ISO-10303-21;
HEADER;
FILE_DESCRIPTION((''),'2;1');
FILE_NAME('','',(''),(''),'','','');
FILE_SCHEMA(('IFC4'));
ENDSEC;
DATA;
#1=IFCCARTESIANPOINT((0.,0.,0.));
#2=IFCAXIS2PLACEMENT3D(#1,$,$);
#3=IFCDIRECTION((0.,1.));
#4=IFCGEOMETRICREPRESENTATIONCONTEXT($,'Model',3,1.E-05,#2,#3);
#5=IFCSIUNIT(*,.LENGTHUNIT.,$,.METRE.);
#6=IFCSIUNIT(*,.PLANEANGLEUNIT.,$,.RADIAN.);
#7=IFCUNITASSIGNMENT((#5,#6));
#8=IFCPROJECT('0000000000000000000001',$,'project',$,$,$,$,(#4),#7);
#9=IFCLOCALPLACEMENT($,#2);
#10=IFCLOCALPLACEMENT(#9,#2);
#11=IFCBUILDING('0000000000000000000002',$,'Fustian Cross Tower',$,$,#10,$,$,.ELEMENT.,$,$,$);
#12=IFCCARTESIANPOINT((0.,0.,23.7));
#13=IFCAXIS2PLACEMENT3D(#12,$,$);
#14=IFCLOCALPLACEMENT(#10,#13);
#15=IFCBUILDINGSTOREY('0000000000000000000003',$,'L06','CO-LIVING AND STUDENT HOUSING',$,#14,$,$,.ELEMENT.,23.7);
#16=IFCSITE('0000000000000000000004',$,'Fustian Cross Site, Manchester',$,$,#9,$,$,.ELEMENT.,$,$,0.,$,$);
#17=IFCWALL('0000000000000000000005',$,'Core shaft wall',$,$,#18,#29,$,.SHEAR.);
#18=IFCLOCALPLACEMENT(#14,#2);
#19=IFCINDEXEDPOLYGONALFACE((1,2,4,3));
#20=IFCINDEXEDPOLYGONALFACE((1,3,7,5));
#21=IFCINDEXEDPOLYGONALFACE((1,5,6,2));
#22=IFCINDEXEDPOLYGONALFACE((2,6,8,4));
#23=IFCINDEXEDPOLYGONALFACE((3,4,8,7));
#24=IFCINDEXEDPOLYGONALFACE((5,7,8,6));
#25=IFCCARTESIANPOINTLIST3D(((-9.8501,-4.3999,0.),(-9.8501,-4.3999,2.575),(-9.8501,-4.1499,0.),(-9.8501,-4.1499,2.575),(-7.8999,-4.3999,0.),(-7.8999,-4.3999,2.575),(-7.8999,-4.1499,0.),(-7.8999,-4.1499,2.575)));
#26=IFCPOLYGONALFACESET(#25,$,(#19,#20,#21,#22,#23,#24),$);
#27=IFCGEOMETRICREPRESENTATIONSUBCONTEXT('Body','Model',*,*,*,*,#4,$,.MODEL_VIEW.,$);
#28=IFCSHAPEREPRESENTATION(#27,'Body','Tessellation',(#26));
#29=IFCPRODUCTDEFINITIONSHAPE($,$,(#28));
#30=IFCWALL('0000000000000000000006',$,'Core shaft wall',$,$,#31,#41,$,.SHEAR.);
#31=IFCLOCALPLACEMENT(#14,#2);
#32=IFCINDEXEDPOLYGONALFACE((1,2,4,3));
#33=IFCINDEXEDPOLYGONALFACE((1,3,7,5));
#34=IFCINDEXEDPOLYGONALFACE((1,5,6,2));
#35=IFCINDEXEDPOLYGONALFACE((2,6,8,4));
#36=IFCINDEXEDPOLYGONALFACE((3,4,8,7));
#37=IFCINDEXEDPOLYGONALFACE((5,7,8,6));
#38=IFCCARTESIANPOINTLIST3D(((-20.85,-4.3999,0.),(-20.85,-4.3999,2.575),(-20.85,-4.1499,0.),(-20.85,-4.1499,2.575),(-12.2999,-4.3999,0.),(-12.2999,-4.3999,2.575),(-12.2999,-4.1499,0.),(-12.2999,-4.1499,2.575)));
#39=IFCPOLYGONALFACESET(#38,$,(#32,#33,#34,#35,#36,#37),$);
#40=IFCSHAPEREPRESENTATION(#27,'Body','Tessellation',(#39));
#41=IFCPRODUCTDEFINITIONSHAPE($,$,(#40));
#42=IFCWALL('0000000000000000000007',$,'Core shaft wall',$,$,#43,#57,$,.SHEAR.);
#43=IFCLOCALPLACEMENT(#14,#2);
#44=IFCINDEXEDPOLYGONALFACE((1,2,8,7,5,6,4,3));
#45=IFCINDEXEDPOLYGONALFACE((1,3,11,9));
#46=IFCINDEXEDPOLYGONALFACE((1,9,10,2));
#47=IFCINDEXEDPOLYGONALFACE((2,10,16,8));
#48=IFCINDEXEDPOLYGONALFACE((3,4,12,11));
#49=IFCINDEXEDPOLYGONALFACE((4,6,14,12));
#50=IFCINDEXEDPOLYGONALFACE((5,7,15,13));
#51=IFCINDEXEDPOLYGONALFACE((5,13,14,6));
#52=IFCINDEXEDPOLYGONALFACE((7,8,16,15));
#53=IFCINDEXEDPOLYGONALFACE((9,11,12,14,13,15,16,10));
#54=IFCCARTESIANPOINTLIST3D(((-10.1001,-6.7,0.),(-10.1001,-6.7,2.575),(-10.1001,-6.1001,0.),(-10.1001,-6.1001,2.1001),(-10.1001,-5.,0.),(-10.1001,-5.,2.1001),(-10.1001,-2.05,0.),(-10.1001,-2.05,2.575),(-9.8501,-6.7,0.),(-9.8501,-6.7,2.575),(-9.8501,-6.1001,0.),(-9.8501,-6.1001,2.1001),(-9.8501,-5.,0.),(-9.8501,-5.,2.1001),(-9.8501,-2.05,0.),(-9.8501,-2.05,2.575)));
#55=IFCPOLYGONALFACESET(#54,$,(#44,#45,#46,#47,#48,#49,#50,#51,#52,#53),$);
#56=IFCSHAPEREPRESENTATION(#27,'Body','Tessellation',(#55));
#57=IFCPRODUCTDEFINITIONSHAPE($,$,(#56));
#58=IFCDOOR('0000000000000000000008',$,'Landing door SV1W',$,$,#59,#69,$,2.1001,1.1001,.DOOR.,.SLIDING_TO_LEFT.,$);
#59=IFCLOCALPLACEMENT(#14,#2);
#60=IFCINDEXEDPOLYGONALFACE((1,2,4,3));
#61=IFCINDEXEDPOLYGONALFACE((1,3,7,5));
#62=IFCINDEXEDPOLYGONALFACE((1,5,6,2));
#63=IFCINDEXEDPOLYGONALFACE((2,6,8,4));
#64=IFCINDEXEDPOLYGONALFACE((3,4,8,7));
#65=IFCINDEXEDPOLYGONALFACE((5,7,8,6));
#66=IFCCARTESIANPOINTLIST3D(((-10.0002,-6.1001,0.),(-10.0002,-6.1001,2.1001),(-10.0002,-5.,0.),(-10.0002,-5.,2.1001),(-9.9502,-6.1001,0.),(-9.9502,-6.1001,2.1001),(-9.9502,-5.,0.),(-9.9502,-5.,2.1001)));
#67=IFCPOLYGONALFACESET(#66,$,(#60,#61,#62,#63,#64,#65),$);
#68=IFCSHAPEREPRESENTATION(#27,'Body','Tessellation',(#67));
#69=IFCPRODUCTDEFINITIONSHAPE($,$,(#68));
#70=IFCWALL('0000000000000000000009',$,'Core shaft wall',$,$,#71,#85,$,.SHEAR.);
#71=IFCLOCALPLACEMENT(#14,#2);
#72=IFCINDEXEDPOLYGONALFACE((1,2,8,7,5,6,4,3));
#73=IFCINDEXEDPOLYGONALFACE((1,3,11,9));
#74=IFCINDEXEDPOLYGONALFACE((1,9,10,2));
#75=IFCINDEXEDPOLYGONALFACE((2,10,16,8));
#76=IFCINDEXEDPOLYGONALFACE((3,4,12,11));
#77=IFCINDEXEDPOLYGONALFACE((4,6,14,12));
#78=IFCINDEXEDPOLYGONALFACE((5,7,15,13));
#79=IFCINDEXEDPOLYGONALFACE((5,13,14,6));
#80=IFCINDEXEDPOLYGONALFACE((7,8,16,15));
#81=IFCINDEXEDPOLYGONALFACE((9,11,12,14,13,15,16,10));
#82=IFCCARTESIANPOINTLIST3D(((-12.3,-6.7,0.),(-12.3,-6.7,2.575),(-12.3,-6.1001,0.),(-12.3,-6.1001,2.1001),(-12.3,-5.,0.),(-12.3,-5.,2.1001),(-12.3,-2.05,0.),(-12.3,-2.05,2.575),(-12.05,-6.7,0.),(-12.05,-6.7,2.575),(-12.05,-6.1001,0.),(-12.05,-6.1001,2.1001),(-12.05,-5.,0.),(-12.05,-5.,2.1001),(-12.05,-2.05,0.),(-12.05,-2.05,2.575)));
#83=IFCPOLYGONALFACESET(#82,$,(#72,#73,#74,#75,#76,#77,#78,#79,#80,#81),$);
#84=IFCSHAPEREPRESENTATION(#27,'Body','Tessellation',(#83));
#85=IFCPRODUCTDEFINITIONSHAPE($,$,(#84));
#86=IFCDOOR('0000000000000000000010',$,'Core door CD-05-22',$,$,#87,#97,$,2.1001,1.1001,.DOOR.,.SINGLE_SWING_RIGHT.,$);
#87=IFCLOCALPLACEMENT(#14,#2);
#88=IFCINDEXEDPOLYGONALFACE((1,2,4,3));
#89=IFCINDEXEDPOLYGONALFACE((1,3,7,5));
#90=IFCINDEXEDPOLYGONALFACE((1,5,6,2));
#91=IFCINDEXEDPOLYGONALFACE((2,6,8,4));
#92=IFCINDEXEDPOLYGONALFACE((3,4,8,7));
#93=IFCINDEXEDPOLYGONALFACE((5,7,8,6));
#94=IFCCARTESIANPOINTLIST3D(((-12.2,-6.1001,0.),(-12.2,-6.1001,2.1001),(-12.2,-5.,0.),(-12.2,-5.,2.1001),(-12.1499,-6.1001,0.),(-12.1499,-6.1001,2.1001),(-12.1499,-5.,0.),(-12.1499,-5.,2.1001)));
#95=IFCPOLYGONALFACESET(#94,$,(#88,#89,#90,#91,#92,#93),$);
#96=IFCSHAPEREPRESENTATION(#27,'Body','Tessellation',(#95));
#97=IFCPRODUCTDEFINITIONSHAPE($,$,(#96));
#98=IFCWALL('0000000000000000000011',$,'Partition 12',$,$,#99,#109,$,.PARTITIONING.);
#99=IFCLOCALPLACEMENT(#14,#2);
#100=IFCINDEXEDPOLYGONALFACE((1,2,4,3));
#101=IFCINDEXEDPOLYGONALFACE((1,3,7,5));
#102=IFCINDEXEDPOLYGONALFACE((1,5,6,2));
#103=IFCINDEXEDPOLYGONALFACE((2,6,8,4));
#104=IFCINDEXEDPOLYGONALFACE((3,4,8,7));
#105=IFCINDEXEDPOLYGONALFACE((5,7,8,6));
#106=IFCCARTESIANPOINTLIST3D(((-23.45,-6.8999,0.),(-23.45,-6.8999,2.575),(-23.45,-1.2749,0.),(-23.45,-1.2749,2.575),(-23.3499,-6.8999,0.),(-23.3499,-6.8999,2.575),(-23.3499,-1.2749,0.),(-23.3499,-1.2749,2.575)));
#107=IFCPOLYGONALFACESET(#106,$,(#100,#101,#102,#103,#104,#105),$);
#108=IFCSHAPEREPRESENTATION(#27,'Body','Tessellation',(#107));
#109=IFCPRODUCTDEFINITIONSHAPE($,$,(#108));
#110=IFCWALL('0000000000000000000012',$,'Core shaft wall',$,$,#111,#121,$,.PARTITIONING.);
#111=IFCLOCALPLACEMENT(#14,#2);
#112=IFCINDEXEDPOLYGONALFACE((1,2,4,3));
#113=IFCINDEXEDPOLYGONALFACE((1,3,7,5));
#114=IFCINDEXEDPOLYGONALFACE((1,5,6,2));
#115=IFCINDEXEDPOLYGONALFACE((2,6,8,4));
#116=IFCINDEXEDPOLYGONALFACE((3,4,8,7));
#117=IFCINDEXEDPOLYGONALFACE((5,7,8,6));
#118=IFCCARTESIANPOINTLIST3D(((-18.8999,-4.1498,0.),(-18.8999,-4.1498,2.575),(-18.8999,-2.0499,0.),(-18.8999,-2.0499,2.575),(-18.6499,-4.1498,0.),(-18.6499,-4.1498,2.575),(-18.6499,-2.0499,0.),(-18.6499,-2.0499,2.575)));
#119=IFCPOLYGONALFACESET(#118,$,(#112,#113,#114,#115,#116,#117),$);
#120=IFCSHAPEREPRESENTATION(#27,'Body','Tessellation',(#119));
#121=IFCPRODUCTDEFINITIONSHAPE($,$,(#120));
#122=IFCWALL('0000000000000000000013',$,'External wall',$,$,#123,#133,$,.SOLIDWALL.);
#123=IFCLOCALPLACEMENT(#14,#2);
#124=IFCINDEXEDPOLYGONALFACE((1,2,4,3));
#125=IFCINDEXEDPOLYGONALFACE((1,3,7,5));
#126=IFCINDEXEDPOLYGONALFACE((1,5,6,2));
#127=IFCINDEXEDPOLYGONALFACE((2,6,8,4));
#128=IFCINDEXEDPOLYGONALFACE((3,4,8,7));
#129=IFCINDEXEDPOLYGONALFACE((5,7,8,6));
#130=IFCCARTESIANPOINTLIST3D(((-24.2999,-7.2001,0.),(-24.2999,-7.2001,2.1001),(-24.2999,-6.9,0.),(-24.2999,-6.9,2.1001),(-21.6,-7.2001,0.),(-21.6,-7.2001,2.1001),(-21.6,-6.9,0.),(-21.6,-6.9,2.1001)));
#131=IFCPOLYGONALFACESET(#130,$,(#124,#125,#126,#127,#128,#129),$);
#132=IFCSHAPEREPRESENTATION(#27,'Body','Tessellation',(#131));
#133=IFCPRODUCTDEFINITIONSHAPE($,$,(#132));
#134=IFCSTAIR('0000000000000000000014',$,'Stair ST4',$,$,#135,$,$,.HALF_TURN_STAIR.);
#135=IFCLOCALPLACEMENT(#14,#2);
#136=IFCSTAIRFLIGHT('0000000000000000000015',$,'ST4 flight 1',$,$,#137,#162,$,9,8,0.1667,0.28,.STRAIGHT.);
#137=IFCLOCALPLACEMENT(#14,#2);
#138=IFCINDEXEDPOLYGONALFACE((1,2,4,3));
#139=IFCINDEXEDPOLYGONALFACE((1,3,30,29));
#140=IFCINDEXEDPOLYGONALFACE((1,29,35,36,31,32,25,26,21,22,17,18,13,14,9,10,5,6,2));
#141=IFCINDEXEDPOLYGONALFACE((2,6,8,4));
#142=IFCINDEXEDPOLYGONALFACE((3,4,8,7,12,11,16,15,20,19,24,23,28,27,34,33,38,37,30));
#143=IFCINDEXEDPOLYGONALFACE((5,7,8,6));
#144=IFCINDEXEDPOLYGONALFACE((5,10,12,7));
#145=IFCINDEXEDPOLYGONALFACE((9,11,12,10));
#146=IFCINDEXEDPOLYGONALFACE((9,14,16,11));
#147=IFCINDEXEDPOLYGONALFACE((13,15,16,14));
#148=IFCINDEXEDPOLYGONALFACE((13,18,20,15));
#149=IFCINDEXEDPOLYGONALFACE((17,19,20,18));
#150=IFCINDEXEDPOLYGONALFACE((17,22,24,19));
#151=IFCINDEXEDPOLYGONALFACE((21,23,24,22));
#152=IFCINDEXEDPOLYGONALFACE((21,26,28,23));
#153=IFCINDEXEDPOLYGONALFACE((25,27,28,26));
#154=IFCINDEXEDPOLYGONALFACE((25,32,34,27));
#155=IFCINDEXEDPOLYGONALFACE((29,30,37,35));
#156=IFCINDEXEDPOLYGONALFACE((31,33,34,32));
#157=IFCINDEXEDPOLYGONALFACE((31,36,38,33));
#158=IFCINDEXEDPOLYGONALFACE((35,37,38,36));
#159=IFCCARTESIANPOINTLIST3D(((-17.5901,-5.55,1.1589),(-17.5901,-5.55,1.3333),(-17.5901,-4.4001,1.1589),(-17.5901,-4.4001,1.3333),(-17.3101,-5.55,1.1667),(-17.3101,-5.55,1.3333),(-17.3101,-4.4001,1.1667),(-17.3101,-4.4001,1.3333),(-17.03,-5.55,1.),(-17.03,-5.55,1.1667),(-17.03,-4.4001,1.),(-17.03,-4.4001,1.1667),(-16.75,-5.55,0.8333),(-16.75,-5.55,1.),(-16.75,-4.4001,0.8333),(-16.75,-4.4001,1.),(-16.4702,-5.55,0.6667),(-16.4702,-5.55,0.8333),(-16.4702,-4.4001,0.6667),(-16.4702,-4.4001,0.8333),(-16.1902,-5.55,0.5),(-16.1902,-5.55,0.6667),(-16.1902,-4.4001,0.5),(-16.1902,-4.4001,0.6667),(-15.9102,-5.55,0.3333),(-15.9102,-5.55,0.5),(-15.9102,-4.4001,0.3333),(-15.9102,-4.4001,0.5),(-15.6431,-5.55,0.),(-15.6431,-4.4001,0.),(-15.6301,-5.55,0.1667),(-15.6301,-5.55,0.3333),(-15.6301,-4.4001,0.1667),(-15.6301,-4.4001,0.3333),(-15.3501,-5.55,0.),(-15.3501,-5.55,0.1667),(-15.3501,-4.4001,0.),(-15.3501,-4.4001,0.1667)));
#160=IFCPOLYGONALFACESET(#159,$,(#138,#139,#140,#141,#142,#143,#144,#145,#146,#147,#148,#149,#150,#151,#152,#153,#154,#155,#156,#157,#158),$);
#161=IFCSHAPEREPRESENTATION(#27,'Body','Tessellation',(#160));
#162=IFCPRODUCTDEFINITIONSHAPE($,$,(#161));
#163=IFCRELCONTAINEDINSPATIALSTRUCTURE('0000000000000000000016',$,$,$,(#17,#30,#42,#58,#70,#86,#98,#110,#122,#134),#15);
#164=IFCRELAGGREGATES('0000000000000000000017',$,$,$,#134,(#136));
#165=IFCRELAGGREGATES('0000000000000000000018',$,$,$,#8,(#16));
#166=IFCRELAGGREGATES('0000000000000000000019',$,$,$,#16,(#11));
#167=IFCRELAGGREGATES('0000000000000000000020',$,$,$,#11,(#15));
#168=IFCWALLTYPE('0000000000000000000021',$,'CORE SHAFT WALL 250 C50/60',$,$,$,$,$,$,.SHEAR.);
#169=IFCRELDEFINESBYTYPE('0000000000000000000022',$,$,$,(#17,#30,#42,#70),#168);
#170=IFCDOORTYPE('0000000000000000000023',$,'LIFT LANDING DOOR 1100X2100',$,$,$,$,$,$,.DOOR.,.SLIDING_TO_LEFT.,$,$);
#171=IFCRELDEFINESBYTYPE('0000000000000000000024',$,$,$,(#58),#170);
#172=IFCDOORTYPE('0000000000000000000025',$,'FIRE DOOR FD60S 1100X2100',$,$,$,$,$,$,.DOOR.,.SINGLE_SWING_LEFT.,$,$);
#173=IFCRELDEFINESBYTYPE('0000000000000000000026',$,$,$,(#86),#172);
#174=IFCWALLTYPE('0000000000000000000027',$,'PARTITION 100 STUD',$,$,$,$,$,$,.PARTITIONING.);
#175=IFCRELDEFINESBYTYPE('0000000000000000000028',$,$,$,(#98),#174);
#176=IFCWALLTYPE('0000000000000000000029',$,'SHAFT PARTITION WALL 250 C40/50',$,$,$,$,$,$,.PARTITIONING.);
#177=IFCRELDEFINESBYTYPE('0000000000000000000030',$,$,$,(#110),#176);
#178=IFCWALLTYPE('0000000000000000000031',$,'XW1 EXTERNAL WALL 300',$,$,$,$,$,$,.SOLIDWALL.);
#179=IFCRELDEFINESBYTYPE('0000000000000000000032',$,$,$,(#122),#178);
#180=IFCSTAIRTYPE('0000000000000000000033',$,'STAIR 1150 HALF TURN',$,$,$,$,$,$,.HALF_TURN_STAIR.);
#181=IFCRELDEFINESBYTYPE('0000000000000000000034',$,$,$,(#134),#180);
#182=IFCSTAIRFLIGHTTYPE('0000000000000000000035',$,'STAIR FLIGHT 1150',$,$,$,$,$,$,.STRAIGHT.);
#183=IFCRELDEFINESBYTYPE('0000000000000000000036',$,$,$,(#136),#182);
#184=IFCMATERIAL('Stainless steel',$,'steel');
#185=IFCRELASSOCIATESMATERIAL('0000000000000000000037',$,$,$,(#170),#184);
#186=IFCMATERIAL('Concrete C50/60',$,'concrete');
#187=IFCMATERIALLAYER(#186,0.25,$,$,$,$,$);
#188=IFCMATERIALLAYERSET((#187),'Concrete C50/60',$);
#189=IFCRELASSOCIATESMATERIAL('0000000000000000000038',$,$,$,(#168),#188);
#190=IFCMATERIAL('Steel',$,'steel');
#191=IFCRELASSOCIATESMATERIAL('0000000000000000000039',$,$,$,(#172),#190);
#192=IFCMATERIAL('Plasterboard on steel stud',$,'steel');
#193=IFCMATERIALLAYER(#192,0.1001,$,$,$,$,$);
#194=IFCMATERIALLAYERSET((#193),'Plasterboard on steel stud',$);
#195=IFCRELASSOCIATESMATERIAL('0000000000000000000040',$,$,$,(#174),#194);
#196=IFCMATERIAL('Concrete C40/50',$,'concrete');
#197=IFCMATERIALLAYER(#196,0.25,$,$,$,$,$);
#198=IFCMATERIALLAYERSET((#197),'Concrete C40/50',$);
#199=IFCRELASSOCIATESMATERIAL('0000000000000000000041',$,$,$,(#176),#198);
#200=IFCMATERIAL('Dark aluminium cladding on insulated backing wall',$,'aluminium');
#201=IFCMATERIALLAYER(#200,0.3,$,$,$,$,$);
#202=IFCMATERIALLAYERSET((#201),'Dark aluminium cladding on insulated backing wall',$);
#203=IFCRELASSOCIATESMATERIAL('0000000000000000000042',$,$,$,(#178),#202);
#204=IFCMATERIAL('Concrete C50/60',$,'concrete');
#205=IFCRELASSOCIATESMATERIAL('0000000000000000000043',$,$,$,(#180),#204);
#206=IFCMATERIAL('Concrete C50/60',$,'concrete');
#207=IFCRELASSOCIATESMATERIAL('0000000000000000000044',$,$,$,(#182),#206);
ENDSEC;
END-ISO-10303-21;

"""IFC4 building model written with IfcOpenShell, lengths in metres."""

from ifc_helpers import new_model, si_unit, direction, frame, frame_2d, origin, place, context, subcontext, project, spatial, polyline, rectangle, outline, extrude, material, layer, layer_set, type_object, element, fill, aggregate, save


model = new_model("IFC4")

# Units and contexts
model_context = context("Model", 3, precision=1e-05, world=origin(), true_north=direction((0.0, 1.0)))
body_context = subcontext(model_context, "Body", "Model", "MODEL_VIEW")
ifc_project = project(units=[si_unit("LENGTHUNIT", "METRE"), si_unit("PLANEANGLEUNIT", "RADIAN")], contexts=[model_context])

# Site, building, storey
site_placement = place(None, origin())
site = spatial("IfcSite", under=ifc_project, at=site_placement, Name="Fustian Cross Site, Manchester", CompositionType="ELEMENT", RefElevation=0.0)
building_placement = place(site_placement, origin())
building = spatial("IfcBuilding", under=site, at=building_placement, Name="Fustian Cross Tower", CompositionType="ELEMENT")
storey_placement = place(building_placement, frame((0.0, 0.0, 23.7)))
storey = spatial("IfcBuildingStorey", under=building, at=storey_placement, Name="L06", Description="CO-LIVING AND STUDENT HOUSING", CompositionType="ELEMENT", Elevation=23.7)

# Shared definitions
ifc_material_1 = material(Name="Stainless steel", Category="steel")
door_type_1 = type_object("IfcDoorType", Name="LIFT LANDING DOOR 1100X2100", OperationType="SLIDING_TO_LEFT", PredefinedType="DOOR", material=ifc_material_1)

# Walls
ifc_material_2 = material(Name="Concrete C50/60", Category="concrete")
ifc_layer_1 = layer(ifc_material_2, 0.25)
ifc_layer_set_1 = layer_set([ifc_layer_1], Name="Concrete C50/60")
wall_type_1 = type_object("IfcWallType", Name="CORE SHAFT WALL 250 C50/60", PredefinedType="SHEAR", material=ifc_layer_set_1)
wall_1_placement = place(storey_placement, frame((-7.8999, -4.2749, 0.0), z_axis=(0.0, 0.0, 1.0), x_axis=(-1.0, 0.0, 0.0)))
element("IfcWall", 1, at=wall_1_placement, inside=storey, type_object=wall_type_1, Name="Core shaft wall", PredefinedType="SHEAR", context=body_context, shape_type="SweptSolid", body=[
    extrude(rectangle(XDim=1.9502, YDim=0.25, at=frame_2d((0.9751, 0.0))), origin(), (0.0, 0.0, 1.0), 2.575),
])
wall_2_placement = place(storey_placement, frame((-12.3, -4.2749, 0.0), z_axis=(0.0, 0.0, 1.0), x_axis=(-1.0, 0.0, 0.0)))
element("IfcWall", 2, at=wall_2_placement, inside=storey, type_object=wall_type_1, Name="Core shaft wall", PredefinedType="SHEAR", context=body_context, shape_type="SweptSolid", body=[
    extrude(rectangle(XDim=8.55, YDim=0.25, at=frame_2d((4.2749, 0.0))), origin(), (0.0, 0.0, 1.0), 2.575),
])

# Walls, openings, doors
wall_3_placement = place(storey_placement, frame((-9.9751, -2.05, 0.0), z_axis=(0.0, 0.0, 1.0), x_axis=(0.0, -1.0, 0.0)))
wall_3 = element("IfcWall", 3, at=wall_3_placement, inside=storey, type_object=wall_type_1, Name="Core shaft wall", PredefinedType="SHEAR", context=body_context, shape_type="SweptSolid", body=[
    extrude(rectangle(XDim=4.6499, YDim=0.25, at=frame_2d((2.325, 0.0))), origin(), (0.0, 0.0, 1.0), 2.575),
])
opening_1_placement = place(wall_3_placement, frame((2.95, 0.0, 0.0)))
opening_1 = element("IfcOpeningElement", 4, at=opening_1_placement, cuts=wall_3, PredefinedType="OPENING", context=body_context, shape_type="SweptSolid", body=[
    extrude(rectangle(XDim=1.1001, YDim=2.1001, at=frame_2d((0.55, 1.05))), frame((0.0, 0.135, 0.0), z_axis=(0.0, -1.0, 0.0), x_axis=(1.0, 0.0, 0.0)), (0.0, 0.0, 1.0), 0.27),
])
door_1_placement = place(opening_1_placement, origin())
door_1 = element("IfcDoor", 5, at=door_1_placement, inside=storey, type_object=door_type_1, Name="Landing door SV1W", OperationType="SLIDING_TO_LEFT", OverallHeight=2.1001, OverallWidth=1.1001, PredefinedType="DOOR", context=body_context, shape_type="SweptSolid", body=[
    extrude(rectangle(XDim=1.1001, YDim=2.1001, at=frame_2d((0.55, 1.05))), frame((0.0, 0.0249, 0.0), z_axis=(0.0, -1.0, 0.0), x_axis=(1.0, 0.0, 0.0)), (0.0, 0.0, 1.0), 0.05),
])
fill(opening_1, door_1)
wall_4_placement = place(storey_placement, frame((-12.175, -2.05, 0.0), z_axis=(0.0, 0.0, 1.0), x_axis=(0.0, -1.0, 0.0)))
wall_4 = element("IfcWall", 6, at=wall_4_placement, inside=storey, type_object=wall_type_1, Name="Core shaft wall", PredefinedType="SHEAR", context=body_context, shape_type="SweptSolid", body=[
    extrude(rectangle(XDim=4.6499, YDim=0.25, at=frame_2d((2.325, 0.0))), origin(), (0.0, 0.0, 1.0), 2.575),
])
opening_2_placement = place(wall_4_placement, frame((2.95, 0.0, 0.0)))
opening_2 = element("IfcOpeningElement", 7, at=opening_2_placement, cuts=wall_4, PredefinedType="OPENING", context=body_context, shape_type="SweptSolid", body=[
    extrude(rectangle(XDim=1.1001, YDim=2.1001, at=frame_2d((0.55, 1.05))), frame((0.0, 0.135, 0.0), z_axis=(0.0, -1.0, 0.0), x_axis=(1.0, 0.0, 0.0)), (0.0, 0.0, 1.0), 0.27),
])
ifc_material_3 = material(Name="Steel", Category="steel")
door_type_2 = type_object("IfcDoorType", Name="FIRE DOOR FD60S 1100X2100", OperationType="SINGLE_SWING_LEFT", PredefinedType="DOOR", material=ifc_material_3)
door_2_placement = place(opening_2_placement, frame((1.1001, 0.0, 0.0), z_axis=(0.0, 0.0, 1.0), x_axis=(-1.0, 0.0, 0.0)))
door_2 = element("IfcDoor", 8, at=door_2_placement, inside=storey, type_object=door_type_2, Name="Core door CD-05-22", OperationType="SINGLE_SWING_RIGHT", OverallHeight=2.1001, OverallWidth=1.1001, PredefinedType="DOOR", context=body_context, shape_type="SweptSolid", body=[
    extrude(rectangle(XDim=1.1001, YDim=2.1001, at=frame_2d((0.55, 1.05))), frame((0.0, 0.0249, 0.0), z_axis=(0.0, -1.0, 0.0), x_axis=(1.0, 0.0, 0.0)), (0.0, 0.0, 1.0), 0.05),
])
fill(opening_2, door_2)

# Walls
ifc_material_4 = material(Name="Plasterboard on steel stud", Category="steel")
ifc_layer_2 = layer(ifc_material_4, 0.1001)
ifc_layer_set_2 = layer_set([ifc_layer_2], Name="Plasterboard on steel stud")
wall_type_2 = type_object("IfcWallType", Name="PARTITION 100 STUD", PredefinedType="PARTITIONING", material=ifc_layer_set_2)
wall_5_placement = place(storey_placement, frame((-23.3999, -6.8999, 0.0), z_axis=(0.0, 0.0, 1.0), x_axis=(0.0, 1.0, 0.0)))
element("IfcWall", 9, at=wall_5_placement, inside=storey, type_object=wall_type_2, Name="Partition 12", PredefinedType="PARTITIONING", context=body_context, shape_type="SweptSolid", body=[
    extrude(rectangle(XDim=5.625, YDim=0.1001, at=frame_2d((2.8125, 0.0))), origin(), (0.0, 0.0, 1.0), 2.575),
])
ifc_material_5 = material(Name="Concrete C40/50", Category="concrete")
ifc_layer_3 = layer(ifc_material_5, 0.25)
ifc_layer_set_3 = layer_set([ifc_layer_3], Name="Concrete C40/50")
wall_type_3 = type_object("IfcWallType", Name="SHAFT PARTITION WALL 250 C40/50", PredefinedType="PARTITIONING", material=ifc_layer_set_3)
wall_6_placement = place(storey_placement, frame((-18.7749, -2.05, 0.0), z_axis=(0.0, 0.0, 1.0), x_axis=(0.0, -1.0, 0.0)))
element("IfcWall", 10, at=wall_6_placement, inside=storey, type_object=wall_type_3, Name="Core shaft wall", PredefinedType="PARTITIONING", context=body_context, shape_type="SweptSolid", body=[
    extrude(rectangle(XDim=2.0999, YDim=0.25, at=frame_2d((1.0498, 0.0))), origin(), (0.0, 0.0, 1.0), 2.575),
])
ifc_material_6 = material(Name="Dark aluminium cladding on insulated backing wall", Category="aluminium")
ifc_layer_4 = layer(ifc_material_6, 0.3)
ifc_layer_set_4 = layer_set([ifc_layer_4], Name="Dark aluminium cladding on insulated backing wall")
wall_type_4 = type_object("IfcWallType", Name="XW1 EXTERNAL WALL 300", PredefinedType="SOLIDWALL", material=ifc_layer_set_4)
wall_7_placement = place(storey_placement, frame((-24.3, -7.05, 0.0), z_axis=(0.0, 0.0, 1.0), x_axis=(1.0, 0.0, 0.0)))
element("IfcWall", 11, at=wall_7_placement, inside=storey, type_object=wall_type_4, Name="External wall", PredefinedType="SOLIDWALL", context=body_context, shape_type="SweptSolid", body=[
    extrude(rectangle(XDim=2.7, YDim=0.3, at=frame_2d((1.3501, 0.0))), origin(), (0.0, 0.0, 1.0), 2.1001),
])

# Stair, stair flight
ifc_material_7 = material(Name="Concrete C50/60", Category="concrete")
stair_type = type_object("IfcStairType", Name="STAIR 1150 HALF TURN", PredefinedType="HALF_TURN_STAIR", material=ifc_material_7)
stair_placement = place(storey_placement, origin())
stair = element("IfcStair", 12, at=stair_placement, inside=storey, type_object=stair_type, Name="Stair ST4", PredefinedType="HALF_TURN_STAIR")
ifc_material_8 = material(Name="Concrete C50/60", Category="concrete")
stair_flight_type = type_object("IfcStairFlightType", Name="STAIR FLIGHT 1150", PredefinedType="STRAIGHT", material=ifc_material_8)
stair_flight_1_placement = place(storey_placement, frame((-15.3501, -4.9751, 0.0), z_axis=(0.0, 0.0, 1.0), x_axis=(-1.0, 0.0, 0.0)))
stair_flight_1 = element("IfcStairFlight", 13, at=stair_flight_1_placement, type_object=stair_flight_type, Name="ST4 flight 1", NumberOfRisers=9, NumberOfTreads=8, PredefinedType="STRAIGHT", RiserHeight=0.1667, TreadLength=0.28, context=body_context, shape_type="SweptSolid", body=[
    extrude(outline(polyline([(0.0, 0.0), (0.0, 0.1667), (0.28, 0.1667), (0.28, 0.3333), (0.5601, 0.3333), (0.5601, 0.5), (0.8401, 0.5), (0.8401, 0.6667), (1.1201, 0.6667), (1.1201, 0.8333), (1.3999, 0.8333), (1.3999, 1.0), (1.6799, 1.0), (1.6799, 1.1667), (1.96, 1.1667), (1.96, 1.3333), (2.24, 1.3333), (2.24, 1.5), (2.24, 1.1589), (0.293, 0.0), (0.0, 0.0)])), frame((0.0, 0.575, 0.0), z_axis=(0.0, -1.0, 0.0), x_axis=(1.0, 0.0, 0.0)), (0.0, 0.0, 1.0), 1.1499),
])
aggregate(stair, [stair_flight_1])

save(model, "model.ifc")
